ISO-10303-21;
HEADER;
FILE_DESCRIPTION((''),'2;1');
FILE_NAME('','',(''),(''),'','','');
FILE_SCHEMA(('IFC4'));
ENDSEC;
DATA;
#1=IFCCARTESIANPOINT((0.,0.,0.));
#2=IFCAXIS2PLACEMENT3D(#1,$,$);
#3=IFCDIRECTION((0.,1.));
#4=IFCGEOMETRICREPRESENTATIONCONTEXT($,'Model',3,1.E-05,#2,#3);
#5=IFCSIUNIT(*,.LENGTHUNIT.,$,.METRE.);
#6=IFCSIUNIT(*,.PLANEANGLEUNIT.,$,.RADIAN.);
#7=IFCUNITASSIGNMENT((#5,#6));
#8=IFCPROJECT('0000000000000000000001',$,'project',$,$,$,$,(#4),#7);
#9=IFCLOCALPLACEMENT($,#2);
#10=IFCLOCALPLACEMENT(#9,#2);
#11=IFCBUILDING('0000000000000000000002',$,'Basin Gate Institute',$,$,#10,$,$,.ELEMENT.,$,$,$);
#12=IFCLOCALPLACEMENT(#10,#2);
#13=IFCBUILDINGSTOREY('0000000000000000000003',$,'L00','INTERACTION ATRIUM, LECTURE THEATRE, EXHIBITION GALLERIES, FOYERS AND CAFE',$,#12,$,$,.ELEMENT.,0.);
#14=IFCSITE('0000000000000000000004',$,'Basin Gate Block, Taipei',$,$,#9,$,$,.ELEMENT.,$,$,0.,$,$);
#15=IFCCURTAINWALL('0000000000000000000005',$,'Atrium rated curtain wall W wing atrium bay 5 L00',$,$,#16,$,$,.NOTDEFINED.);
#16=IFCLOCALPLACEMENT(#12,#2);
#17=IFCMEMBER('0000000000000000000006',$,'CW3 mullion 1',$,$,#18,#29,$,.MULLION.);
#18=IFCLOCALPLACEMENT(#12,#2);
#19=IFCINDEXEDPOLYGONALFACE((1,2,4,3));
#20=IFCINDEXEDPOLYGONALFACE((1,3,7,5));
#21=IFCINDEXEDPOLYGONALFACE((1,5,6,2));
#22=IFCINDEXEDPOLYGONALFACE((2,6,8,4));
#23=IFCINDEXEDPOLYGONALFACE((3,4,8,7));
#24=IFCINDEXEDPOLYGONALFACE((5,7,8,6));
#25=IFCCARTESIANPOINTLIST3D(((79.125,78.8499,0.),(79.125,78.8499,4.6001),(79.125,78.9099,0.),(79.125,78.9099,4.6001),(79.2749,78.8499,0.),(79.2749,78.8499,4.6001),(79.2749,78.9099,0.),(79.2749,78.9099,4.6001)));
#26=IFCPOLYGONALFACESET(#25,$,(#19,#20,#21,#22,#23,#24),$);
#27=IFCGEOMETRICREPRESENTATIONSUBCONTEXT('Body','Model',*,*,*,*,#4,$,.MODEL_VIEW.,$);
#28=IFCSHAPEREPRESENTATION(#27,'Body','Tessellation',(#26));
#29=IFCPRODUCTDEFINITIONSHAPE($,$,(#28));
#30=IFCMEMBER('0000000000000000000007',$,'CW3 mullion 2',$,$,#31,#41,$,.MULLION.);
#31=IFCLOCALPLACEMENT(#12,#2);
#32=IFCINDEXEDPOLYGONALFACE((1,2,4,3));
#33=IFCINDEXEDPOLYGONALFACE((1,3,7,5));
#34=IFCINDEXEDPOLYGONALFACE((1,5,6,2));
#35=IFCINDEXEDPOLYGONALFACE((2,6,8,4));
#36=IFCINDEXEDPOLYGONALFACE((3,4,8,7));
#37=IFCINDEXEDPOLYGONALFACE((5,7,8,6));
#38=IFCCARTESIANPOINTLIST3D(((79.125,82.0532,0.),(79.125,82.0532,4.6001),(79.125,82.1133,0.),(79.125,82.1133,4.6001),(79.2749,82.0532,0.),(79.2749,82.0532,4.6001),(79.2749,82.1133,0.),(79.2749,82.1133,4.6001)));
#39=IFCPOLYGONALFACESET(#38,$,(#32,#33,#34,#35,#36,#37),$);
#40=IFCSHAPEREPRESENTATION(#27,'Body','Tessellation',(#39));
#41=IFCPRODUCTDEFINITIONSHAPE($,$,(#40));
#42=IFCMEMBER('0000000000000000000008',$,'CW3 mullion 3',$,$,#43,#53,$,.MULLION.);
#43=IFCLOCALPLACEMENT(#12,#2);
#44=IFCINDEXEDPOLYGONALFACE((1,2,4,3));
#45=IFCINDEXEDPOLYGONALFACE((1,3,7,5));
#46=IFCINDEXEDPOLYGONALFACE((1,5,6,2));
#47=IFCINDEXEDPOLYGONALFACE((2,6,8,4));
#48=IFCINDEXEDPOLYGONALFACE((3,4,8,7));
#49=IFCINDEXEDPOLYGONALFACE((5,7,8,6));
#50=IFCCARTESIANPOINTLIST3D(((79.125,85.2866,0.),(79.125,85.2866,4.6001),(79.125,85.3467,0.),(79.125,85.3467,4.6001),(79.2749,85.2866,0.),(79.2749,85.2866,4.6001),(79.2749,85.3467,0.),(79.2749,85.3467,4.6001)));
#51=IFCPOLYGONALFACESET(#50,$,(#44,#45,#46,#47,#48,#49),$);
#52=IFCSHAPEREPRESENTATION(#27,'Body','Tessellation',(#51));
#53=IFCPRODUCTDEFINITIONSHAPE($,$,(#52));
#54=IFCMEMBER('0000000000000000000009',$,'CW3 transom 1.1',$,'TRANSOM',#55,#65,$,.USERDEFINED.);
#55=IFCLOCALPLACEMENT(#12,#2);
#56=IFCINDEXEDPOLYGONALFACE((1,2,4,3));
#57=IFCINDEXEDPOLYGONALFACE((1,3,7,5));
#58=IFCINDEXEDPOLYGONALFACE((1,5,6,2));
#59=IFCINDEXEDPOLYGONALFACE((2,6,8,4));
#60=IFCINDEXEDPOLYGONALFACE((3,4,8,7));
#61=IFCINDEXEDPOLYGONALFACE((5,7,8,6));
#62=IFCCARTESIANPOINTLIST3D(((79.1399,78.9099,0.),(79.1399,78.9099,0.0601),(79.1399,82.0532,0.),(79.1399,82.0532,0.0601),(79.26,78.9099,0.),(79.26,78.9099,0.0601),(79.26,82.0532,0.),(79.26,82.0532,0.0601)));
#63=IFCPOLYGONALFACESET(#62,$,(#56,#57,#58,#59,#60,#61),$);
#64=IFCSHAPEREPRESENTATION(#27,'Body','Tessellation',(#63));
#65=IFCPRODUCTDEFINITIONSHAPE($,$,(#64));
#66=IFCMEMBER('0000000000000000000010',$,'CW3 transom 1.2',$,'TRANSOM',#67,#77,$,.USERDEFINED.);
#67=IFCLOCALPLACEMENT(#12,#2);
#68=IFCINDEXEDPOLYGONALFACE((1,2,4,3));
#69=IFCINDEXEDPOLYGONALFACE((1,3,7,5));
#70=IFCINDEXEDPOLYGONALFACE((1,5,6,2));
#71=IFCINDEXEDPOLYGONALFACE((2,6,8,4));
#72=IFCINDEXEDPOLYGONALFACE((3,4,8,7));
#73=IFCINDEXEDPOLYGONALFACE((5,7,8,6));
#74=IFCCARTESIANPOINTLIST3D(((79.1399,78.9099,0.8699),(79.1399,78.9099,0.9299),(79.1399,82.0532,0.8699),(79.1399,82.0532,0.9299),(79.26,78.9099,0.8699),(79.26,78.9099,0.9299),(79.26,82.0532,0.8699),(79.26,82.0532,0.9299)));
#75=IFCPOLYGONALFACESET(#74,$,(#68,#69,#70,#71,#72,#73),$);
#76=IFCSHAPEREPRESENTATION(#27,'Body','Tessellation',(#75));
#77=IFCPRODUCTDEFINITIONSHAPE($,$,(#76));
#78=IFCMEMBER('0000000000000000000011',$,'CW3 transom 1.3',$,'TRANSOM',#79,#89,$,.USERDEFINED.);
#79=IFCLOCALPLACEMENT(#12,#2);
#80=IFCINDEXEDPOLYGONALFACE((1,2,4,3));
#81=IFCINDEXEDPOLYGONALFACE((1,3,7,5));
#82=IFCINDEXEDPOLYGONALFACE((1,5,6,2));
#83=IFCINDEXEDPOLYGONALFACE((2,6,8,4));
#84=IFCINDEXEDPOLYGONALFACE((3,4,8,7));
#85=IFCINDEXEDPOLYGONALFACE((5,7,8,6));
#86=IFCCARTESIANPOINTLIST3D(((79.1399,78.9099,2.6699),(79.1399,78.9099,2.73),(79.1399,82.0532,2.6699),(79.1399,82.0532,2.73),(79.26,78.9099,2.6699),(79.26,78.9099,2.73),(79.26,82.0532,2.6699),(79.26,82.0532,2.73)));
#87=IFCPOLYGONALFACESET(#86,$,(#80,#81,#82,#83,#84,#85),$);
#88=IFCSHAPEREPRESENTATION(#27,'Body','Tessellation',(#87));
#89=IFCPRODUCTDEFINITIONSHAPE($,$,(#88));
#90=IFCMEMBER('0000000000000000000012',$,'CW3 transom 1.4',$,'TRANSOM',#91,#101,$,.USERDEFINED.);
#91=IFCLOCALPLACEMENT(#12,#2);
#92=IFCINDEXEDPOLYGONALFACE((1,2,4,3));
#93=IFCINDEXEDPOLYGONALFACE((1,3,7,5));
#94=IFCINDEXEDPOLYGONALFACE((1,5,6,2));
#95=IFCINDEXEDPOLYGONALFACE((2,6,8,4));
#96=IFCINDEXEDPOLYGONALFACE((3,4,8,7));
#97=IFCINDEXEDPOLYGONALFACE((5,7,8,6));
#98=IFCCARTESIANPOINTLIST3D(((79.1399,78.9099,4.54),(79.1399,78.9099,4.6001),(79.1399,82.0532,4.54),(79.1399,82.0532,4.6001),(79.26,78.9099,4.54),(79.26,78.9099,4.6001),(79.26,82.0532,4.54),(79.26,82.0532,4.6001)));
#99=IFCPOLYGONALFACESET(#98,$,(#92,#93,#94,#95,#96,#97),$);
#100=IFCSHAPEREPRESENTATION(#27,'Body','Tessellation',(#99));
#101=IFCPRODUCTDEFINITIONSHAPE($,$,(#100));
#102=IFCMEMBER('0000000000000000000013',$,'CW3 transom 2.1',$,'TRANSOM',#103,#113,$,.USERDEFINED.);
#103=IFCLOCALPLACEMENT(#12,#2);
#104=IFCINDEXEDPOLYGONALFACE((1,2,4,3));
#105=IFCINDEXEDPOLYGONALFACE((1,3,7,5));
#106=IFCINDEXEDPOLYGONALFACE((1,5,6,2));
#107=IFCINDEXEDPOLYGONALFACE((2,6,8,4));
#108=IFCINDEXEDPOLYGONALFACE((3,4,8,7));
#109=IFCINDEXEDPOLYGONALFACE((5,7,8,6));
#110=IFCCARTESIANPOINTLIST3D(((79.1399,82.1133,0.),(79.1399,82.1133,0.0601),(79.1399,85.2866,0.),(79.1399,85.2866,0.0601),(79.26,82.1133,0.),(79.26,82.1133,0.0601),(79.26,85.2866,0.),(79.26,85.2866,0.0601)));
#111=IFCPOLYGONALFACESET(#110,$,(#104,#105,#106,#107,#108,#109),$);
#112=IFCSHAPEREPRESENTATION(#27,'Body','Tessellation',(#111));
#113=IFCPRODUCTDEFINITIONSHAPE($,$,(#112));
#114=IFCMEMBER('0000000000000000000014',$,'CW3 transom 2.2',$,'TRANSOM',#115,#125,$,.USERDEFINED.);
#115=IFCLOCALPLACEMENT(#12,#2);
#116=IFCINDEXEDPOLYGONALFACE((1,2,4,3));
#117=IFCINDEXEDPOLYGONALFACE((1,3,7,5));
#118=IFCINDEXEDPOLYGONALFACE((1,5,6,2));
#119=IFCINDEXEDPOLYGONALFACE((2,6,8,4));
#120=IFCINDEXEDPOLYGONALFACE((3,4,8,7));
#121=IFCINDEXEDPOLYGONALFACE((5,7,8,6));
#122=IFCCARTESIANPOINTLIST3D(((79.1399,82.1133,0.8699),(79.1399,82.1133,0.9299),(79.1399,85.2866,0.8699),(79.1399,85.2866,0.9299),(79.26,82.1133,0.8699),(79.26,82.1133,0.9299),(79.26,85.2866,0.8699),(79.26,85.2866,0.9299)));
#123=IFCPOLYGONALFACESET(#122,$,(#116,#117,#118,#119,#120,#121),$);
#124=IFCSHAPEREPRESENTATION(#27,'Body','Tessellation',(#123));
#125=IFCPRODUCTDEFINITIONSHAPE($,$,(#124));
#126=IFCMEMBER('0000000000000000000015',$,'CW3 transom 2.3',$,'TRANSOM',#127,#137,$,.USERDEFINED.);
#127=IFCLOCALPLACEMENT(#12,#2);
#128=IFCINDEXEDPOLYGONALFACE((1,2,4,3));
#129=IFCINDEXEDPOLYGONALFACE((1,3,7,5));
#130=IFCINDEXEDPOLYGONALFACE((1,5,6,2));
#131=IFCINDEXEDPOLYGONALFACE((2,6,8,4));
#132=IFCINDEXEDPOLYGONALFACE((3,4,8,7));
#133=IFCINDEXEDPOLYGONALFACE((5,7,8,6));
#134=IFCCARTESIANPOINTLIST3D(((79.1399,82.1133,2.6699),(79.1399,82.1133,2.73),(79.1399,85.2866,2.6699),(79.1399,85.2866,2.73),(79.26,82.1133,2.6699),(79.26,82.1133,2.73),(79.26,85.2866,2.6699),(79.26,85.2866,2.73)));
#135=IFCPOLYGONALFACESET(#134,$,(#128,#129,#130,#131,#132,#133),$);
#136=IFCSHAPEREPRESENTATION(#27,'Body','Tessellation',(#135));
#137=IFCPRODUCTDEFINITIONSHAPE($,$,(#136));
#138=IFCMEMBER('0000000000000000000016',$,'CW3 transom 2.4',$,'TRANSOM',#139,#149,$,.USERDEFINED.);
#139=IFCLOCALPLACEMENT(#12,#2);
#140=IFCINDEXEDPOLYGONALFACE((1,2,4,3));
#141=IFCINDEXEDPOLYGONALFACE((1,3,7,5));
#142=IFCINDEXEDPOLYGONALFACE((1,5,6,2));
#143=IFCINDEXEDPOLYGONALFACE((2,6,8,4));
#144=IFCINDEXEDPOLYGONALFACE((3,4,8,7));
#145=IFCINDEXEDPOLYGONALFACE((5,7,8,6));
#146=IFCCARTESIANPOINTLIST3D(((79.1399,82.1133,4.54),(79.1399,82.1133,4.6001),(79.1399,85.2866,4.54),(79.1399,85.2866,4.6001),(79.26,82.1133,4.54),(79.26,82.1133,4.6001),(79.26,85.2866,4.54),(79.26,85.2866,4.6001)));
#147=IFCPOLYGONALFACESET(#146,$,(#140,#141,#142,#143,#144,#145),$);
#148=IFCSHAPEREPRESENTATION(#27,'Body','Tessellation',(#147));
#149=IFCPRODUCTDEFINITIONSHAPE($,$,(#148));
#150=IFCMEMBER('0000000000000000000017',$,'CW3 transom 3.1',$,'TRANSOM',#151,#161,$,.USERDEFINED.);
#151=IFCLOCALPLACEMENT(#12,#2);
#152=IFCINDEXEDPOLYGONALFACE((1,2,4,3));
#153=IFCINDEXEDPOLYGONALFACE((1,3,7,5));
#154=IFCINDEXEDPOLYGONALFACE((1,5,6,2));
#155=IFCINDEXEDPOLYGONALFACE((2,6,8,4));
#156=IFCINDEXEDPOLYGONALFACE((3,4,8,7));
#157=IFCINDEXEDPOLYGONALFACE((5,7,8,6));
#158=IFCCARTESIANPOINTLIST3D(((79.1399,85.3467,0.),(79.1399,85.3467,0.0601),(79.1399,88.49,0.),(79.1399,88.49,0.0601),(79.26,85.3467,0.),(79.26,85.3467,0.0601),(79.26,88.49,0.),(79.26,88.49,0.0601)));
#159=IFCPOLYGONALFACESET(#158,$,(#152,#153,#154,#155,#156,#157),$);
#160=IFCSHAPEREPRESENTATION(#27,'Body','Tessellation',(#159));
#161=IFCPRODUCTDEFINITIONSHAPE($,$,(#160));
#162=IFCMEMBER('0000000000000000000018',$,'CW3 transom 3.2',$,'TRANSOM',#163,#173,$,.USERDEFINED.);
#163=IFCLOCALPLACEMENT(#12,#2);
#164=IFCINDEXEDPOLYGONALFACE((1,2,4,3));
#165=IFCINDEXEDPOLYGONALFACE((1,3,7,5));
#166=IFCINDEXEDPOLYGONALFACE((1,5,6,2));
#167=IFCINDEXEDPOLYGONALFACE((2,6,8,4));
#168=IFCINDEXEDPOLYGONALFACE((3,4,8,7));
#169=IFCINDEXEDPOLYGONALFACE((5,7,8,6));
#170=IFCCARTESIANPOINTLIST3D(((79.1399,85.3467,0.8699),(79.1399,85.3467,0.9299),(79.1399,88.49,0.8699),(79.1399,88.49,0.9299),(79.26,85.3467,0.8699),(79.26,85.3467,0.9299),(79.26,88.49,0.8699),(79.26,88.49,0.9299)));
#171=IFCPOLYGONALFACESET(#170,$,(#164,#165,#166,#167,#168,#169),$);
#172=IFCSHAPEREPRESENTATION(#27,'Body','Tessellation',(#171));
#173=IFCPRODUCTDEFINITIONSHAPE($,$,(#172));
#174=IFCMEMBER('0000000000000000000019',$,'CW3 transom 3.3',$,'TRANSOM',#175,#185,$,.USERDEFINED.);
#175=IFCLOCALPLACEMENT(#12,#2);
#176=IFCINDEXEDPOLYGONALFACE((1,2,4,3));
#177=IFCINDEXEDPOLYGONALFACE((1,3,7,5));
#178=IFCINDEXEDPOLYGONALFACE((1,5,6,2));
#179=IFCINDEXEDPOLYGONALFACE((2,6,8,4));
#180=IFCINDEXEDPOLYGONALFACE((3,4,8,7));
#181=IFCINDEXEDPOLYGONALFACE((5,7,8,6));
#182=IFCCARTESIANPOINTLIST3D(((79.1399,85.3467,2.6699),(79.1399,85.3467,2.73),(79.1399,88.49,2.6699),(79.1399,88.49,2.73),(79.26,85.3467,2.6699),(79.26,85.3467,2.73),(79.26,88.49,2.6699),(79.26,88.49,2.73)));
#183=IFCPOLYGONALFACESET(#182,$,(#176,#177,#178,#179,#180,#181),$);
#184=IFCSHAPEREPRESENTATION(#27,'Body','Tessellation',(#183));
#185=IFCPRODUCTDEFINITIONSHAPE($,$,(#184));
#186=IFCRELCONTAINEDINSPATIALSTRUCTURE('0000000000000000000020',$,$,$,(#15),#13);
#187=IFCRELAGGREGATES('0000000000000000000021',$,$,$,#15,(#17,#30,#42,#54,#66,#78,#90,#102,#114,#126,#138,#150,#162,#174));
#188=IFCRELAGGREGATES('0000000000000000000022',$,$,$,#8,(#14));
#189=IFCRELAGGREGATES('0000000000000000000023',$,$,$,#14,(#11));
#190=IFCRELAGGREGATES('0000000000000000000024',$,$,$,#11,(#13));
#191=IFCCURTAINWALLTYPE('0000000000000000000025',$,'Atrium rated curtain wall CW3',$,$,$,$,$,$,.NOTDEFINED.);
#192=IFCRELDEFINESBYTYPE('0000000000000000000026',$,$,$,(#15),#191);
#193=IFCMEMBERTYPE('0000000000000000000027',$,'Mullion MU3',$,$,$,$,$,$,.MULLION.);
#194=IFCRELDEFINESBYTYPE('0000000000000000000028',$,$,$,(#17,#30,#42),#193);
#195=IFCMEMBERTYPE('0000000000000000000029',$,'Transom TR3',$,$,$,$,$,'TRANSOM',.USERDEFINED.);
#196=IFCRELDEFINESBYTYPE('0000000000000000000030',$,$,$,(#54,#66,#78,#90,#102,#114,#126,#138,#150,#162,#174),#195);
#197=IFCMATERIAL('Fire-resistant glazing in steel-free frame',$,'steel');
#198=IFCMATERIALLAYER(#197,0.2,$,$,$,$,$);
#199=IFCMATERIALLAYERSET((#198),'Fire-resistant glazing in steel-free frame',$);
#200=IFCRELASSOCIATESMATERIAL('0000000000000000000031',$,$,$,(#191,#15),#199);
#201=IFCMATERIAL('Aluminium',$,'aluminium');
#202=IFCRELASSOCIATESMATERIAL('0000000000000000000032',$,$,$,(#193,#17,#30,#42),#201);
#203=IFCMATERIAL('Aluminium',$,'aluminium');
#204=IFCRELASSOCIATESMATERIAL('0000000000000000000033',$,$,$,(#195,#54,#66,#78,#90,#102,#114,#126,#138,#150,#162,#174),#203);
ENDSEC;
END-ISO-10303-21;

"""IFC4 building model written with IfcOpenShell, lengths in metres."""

from ifc_helpers import new_model, si_unit, direction, frame, origin, origin_2d, place, context, subcontext, project, spatial, rectangle, extrude, material, layer, layer_set, material_profile, profile_set, type_object, element, aggregate, save


model = new_model("IFC4")

# Units and contexts
model_context = context("Model", 3, precision=1e-05, world=origin(), true_north=direction((0.0, 1.0)))
body_context = subcontext(model_context, "Body", "Model", "MODEL_VIEW")
ifc_project = project(units=[si_unit("LENGTHUNIT", "METRE"), si_unit("PLANEANGLEUNIT", "RADIAN")], contexts=[model_context])

# Site, building, storey
site_placement = place(None, origin())
site = spatial("IfcSite", under=ifc_project, at=site_placement, Name="Basin Gate Block, Taipei", CompositionType="ELEMENT", RefElevation=0.0)
building_placement = place(site_placement, origin())
building = spatial("IfcBuilding", under=site, at=building_placement, Name="Basin Gate Institute", CompositionType="ELEMENT")
storey_placement = place(building_placement, origin())
storey = spatial("IfcBuildingStorey", under=building, at=storey_placement, Name="L00", Description="INTERACTION ATRIUM, LECTURE THEATRE, EXHIBITION GALLERIES, FOYERS AND CAFE", CompositionType="ELEMENT", Elevation=0.0)

# Curtain wall, members
ifc_material_1 = material(Name="Fire-resistant glazing in steel-free frame", Category="steel")
ifc_layer_1 = layer(ifc_material_1, 0.2)
ifc_layer_set_1 = layer_set([ifc_layer_1], Name="Fire-resistant glazing in steel-free frame")
curtain_wall_type = type_object("IfcCurtainWallType", Name="Atrium rated curtain wall CW3", PredefinedType="NOTDEFINED", material=ifc_layer_set_1)
curtain_wall_placement = place(storey_placement, origin())
curtain_wall = element("IfcCurtainWall", 1, at=curtain_wall_placement, inside=storey, type_object=curtain_wall_type, material=ifc_layer_set_1, Name="Atrium rated curtain wall W wing atrium bay 5 L00", PredefinedType="NOTDEFINED")
ifc_material_2 = material(Name="Aluminium", Category="aluminium")
ifc_material_profile_1 = material_profile(ifc_material_2, rectangle(XDim=0.1499, YDim=0.0601, at=origin_2d()), Name="Mullion MU3 150 x 60")
ifc_profile_set_1 = profile_set([ifc_material_profile_1], Name="Aluminium")
member_type_1 = type_object("IfcMemberType", Name="Mullion MU3", PredefinedType="MULLION", material=ifc_profile_set_1)
member_1_placement = place(storey_placement, frame((79.2, 78.8799, 0.0), z_axis=(0.0, 0.0, 1.0), x_axis=(-1.0, 0.0, 0.0)))
member_1 = element("IfcMember", 2, at=member_1_placement, type_object=member_type_1, material=ifc_profile_set_1, Name="CW3 mullion 1", PredefinedType="MULLION", context=body_context, shape_type="SweptSolid", body=[
    extrude(rectangle(XDim=0.1499, YDim=0.0601, at=origin_2d()), origin(), (0.0, 0.0, 1.0), 4.6001),
])
member_2_placement = place(storey_placement, frame((79.2, 82.0833, 0.0), z_axis=(0.0, 0.0, 1.0), x_axis=(-1.0, 0.0, 0.0)))
member_2 = element("IfcMember", 3, at=member_2_placement, type_object=member_type_1, material=ifc_profile_set_1, Name="CW3 mullion 2", PredefinedType="MULLION", context=body_context, shape_type="SweptSolid", body=[
    extrude(rectangle(XDim=0.1499, YDim=0.0601, at=origin_2d()), origin(), (0.0, 0.0, 1.0), 4.6001),
])
member_3_placement = place(storey_placement, frame((79.2, 85.3167, 0.0), z_axis=(0.0, 0.0, 1.0), x_axis=(-1.0, 0.0, 0.0)))
member_3 = element("IfcMember", 4, at=member_3_placement, type_object=member_type_1, material=ifc_profile_set_1, Name="CW3 mullion 3", PredefinedType="MULLION", context=body_context, shape_type="SweptSolid", body=[
    extrude(rectangle(XDim=0.1499, YDim=0.0601, at=origin_2d()), origin(), (0.0, 0.0, 1.0), 4.6001),
])
ifc_material_3 = material(Name="Aluminium", Category="aluminium")
ifc_material_profile_2 = material_profile(ifc_material_3, rectangle(XDim=0.1201, YDim=0.0601, at=origin_2d()), Name="Transom TR3 120 x 60")
ifc_profile_set_2 = profile_set([ifc_material_profile_2], Name="Aluminium")
member_type_2 = type_object("IfcMemberType", Name="Transom TR3", ElementType="TRANSOM", PredefinedType="USERDEFINED", material=ifc_profile_set_2)
member_4_placement = place(storey_placement, frame((79.2, 78.9099, 0.03), z_axis=(0.0, 1.0, 0.0), x_axis=(-1.0, 0.0, 0.0)))
member_4 = element("IfcMember", 5, at=member_4_placement, type_object=member_type_2, material=ifc_profile_set_2, Name="CW3 transom 1.1", ObjectType="TRANSOM", PredefinedType="USERDEFINED", context=body_context, shape_type="SweptSolid", body=[
    extrude(rectangle(XDim=0.1201, YDim=0.0601, at=origin_2d()), origin(), (0.0, 0.0, 1.0), 3.1433),
])
member_5_placement = place(storey_placement, frame((79.2, 78.9099, 0.8999), z_axis=(0.0, 1.0, 0.0), x_axis=(-1.0, 0.0, 0.0)))
member_5 = element("IfcMember", 6, at=member_5_placement, type_object=member_type_2, material=ifc_profile_set_2, Name="CW3 transom 1.2", ObjectType="TRANSOM", PredefinedType="USERDEFINED", context=body_context, shape_type="SweptSolid", body=[
    extrude(rectangle(XDim=0.1201, YDim=0.0601, at=origin_2d()), origin(), (0.0, 0.0, 1.0), 3.1433),
])
member_6_placement = place(storey_placement, frame((79.2, 78.9099, 2.7), z_axis=(0.0, 1.0, 0.0), x_axis=(-1.0, 0.0, 0.0)))
member_6 = element("IfcMember", 7, at=member_6_placement, type_object=member_type_2, material=ifc_profile_set_2, Name="CW3 transom 1.3", ObjectType="TRANSOM", PredefinedType="USERDEFINED", context=body_context, shape_type="SweptSolid", body=[
    extrude(rectangle(XDim=0.1201, YDim=0.0601, at=origin_2d()), origin(), (0.0, 0.0, 1.0), 3.1433),
])
member_7_placement = place(storey_placement, frame((79.2, 78.9099, 4.5701), z_axis=(0.0, 1.0, 0.0), x_axis=(-1.0, 0.0, 0.0)))
member_7 = element("IfcMember", 8, at=member_7_placement, type_object=member_type_2, material=ifc_profile_set_2, Name="CW3 transom 1.4", ObjectType="TRANSOM", PredefinedType="USERDEFINED", context=body_context, shape_type="SweptSolid", body=[
    extrude(rectangle(XDim=0.1201, YDim=0.0601, at=origin_2d()), origin(), (0.0, 0.0, 1.0), 3.1433),
])
member_8_placement = place(storey_placement, frame((79.2, 82.1133, 0.03), z_axis=(0.0, 1.0, 0.0), x_axis=(-1.0, 0.0, 0.0)))
member_8 = element("IfcMember", 9, at=member_8_placement, type_object=member_type_2, material=ifc_profile_set_2, Name="CW3 transom 2.1", ObjectType="TRANSOM", PredefinedType="USERDEFINED", context=body_context, shape_type="SweptSolid", body=[
    extrude(rectangle(XDim=0.1201, YDim=0.0601, at=origin_2d()), origin(), (0.0, 0.0, 1.0), 3.1733),
])
member_9_placement = place(storey_placement, frame((79.2, 82.1133, 0.8999), z_axis=(0.0, 1.0, 0.0), x_axis=(-1.0, 0.0, 0.0)))
member_9 = element("IfcMember", 10, at=member_9_placement, type_object=member_type_2, material=ifc_profile_set_2, Name="CW3 transom 2.2", ObjectType="TRANSOM", PredefinedType="USERDEFINED", context=body_context, shape_type="SweptSolid", body=[
    extrude(rectangle(XDim=0.1201, YDim=0.0601, at=origin_2d()), origin(), (0.0, 0.0, 1.0), 3.1733),
])
member_10_placement = place(storey_placement, frame((79.2, 82.1133, 2.7), z_axis=(0.0, 1.0, 0.0), x_axis=(-1.0, 0.0, 0.0)))
member_10 = element("IfcMember", 11, at=member_10_placement, type_object=member_type_2, material=ifc_profile_set_2, Name="CW3 transom 2.3", ObjectType="TRANSOM", PredefinedType="USERDEFINED", context=body_context, shape_type="SweptSolid", body=[
    extrude(rectangle(XDim=0.1201, YDim=0.0601, at=origin_2d()), origin(), (0.0, 0.0, 1.0), 3.1733),
])
member_11_placement = place(storey_placement, frame((79.2, 82.1133, 4.5701), z_axis=(0.0, 1.0, 0.0), x_axis=(-1.0, 0.0, 0.0)))
member_11 = element("IfcMember", 12, at=member_11_placement, type_object=member_type_2, material=ifc_profile_set_2, Name="CW3 transom 2.4", ObjectType="TRANSOM", PredefinedType="USERDEFINED", context=body_context, shape_type="SweptSolid", body=[
    extrude(rectangle(XDim=0.1201, YDim=0.0601, at=origin_2d()), origin(), (0.0, 0.0, 1.0), 3.1733),
])
member_12_placement = place(storey_placement, frame((79.2, 85.3467, 0.03), z_axis=(0.0, 1.0, 0.0), x_axis=(-1.0, 0.0, 0.0)))
member_12 = element("IfcMember", 13, at=member_12_placement, type_object=member_type_2, material=ifc_profile_set_2, Name="CW3 transom 3.1", ObjectType="TRANSOM", PredefinedType="USERDEFINED", context=body_context, shape_type="SweptSolid", body=[
    extrude(rectangle(XDim=0.1201, YDim=0.0601, at=origin_2d()), origin(), (0.0, 0.0, 1.0), 3.1433),
])
member_13_placement = place(storey_placement, frame((79.2, 85.3467, 0.8999), z_axis=(0.0, 1.0, 0.0), x_axis=(-1.0, 0.0, 0.0)))
member_13 = element("IfcMember", 14, at=member_13_placement, type_object=member_type_2, material=ifc_profile_set_2, Name="CW3 transom 3.2", ObjectType="TRANSOM", PredefinedType="USERDEFINED", context=body_context, shape_type="SweptSolid", body=[
    extrude(rectangle(XDim=0.1201, YDim=0.0601, at=origin_2d()), origin(), (0.0, 0.0, 1.0), 3.1433),
])
member_14_placement = place(storey_placement, frame((79.2, 85.3467, 2.7), z_axis=(0.0, 1.0, 0.0), x_axis=(-1.0, 0.0, 0.0)))
member_14 = element("IfcMember", 15, at=member_14_placement, type_object=member_type_2, material=ifc_profile_set_2, Name="CW3 transom 3.3", ObjectType="TRANSOM", PredefinedType="USERDEFINED", context=body_context, shape_type="SweptSolid", body=[
    extrude(rectangle(XDim=0.1201, YDim=0.0601, at=origin_2d()), origin(), (0.0, 0.0, 1.0), 3.1433),
])
aggregate(curtain_wall, [member_1, member_2, member_3, member_4, member_5, member_6, member_7, member_8, member_9, member_10, member_11, member_12, member_13, member_14])

save(model, "model.ifc")
